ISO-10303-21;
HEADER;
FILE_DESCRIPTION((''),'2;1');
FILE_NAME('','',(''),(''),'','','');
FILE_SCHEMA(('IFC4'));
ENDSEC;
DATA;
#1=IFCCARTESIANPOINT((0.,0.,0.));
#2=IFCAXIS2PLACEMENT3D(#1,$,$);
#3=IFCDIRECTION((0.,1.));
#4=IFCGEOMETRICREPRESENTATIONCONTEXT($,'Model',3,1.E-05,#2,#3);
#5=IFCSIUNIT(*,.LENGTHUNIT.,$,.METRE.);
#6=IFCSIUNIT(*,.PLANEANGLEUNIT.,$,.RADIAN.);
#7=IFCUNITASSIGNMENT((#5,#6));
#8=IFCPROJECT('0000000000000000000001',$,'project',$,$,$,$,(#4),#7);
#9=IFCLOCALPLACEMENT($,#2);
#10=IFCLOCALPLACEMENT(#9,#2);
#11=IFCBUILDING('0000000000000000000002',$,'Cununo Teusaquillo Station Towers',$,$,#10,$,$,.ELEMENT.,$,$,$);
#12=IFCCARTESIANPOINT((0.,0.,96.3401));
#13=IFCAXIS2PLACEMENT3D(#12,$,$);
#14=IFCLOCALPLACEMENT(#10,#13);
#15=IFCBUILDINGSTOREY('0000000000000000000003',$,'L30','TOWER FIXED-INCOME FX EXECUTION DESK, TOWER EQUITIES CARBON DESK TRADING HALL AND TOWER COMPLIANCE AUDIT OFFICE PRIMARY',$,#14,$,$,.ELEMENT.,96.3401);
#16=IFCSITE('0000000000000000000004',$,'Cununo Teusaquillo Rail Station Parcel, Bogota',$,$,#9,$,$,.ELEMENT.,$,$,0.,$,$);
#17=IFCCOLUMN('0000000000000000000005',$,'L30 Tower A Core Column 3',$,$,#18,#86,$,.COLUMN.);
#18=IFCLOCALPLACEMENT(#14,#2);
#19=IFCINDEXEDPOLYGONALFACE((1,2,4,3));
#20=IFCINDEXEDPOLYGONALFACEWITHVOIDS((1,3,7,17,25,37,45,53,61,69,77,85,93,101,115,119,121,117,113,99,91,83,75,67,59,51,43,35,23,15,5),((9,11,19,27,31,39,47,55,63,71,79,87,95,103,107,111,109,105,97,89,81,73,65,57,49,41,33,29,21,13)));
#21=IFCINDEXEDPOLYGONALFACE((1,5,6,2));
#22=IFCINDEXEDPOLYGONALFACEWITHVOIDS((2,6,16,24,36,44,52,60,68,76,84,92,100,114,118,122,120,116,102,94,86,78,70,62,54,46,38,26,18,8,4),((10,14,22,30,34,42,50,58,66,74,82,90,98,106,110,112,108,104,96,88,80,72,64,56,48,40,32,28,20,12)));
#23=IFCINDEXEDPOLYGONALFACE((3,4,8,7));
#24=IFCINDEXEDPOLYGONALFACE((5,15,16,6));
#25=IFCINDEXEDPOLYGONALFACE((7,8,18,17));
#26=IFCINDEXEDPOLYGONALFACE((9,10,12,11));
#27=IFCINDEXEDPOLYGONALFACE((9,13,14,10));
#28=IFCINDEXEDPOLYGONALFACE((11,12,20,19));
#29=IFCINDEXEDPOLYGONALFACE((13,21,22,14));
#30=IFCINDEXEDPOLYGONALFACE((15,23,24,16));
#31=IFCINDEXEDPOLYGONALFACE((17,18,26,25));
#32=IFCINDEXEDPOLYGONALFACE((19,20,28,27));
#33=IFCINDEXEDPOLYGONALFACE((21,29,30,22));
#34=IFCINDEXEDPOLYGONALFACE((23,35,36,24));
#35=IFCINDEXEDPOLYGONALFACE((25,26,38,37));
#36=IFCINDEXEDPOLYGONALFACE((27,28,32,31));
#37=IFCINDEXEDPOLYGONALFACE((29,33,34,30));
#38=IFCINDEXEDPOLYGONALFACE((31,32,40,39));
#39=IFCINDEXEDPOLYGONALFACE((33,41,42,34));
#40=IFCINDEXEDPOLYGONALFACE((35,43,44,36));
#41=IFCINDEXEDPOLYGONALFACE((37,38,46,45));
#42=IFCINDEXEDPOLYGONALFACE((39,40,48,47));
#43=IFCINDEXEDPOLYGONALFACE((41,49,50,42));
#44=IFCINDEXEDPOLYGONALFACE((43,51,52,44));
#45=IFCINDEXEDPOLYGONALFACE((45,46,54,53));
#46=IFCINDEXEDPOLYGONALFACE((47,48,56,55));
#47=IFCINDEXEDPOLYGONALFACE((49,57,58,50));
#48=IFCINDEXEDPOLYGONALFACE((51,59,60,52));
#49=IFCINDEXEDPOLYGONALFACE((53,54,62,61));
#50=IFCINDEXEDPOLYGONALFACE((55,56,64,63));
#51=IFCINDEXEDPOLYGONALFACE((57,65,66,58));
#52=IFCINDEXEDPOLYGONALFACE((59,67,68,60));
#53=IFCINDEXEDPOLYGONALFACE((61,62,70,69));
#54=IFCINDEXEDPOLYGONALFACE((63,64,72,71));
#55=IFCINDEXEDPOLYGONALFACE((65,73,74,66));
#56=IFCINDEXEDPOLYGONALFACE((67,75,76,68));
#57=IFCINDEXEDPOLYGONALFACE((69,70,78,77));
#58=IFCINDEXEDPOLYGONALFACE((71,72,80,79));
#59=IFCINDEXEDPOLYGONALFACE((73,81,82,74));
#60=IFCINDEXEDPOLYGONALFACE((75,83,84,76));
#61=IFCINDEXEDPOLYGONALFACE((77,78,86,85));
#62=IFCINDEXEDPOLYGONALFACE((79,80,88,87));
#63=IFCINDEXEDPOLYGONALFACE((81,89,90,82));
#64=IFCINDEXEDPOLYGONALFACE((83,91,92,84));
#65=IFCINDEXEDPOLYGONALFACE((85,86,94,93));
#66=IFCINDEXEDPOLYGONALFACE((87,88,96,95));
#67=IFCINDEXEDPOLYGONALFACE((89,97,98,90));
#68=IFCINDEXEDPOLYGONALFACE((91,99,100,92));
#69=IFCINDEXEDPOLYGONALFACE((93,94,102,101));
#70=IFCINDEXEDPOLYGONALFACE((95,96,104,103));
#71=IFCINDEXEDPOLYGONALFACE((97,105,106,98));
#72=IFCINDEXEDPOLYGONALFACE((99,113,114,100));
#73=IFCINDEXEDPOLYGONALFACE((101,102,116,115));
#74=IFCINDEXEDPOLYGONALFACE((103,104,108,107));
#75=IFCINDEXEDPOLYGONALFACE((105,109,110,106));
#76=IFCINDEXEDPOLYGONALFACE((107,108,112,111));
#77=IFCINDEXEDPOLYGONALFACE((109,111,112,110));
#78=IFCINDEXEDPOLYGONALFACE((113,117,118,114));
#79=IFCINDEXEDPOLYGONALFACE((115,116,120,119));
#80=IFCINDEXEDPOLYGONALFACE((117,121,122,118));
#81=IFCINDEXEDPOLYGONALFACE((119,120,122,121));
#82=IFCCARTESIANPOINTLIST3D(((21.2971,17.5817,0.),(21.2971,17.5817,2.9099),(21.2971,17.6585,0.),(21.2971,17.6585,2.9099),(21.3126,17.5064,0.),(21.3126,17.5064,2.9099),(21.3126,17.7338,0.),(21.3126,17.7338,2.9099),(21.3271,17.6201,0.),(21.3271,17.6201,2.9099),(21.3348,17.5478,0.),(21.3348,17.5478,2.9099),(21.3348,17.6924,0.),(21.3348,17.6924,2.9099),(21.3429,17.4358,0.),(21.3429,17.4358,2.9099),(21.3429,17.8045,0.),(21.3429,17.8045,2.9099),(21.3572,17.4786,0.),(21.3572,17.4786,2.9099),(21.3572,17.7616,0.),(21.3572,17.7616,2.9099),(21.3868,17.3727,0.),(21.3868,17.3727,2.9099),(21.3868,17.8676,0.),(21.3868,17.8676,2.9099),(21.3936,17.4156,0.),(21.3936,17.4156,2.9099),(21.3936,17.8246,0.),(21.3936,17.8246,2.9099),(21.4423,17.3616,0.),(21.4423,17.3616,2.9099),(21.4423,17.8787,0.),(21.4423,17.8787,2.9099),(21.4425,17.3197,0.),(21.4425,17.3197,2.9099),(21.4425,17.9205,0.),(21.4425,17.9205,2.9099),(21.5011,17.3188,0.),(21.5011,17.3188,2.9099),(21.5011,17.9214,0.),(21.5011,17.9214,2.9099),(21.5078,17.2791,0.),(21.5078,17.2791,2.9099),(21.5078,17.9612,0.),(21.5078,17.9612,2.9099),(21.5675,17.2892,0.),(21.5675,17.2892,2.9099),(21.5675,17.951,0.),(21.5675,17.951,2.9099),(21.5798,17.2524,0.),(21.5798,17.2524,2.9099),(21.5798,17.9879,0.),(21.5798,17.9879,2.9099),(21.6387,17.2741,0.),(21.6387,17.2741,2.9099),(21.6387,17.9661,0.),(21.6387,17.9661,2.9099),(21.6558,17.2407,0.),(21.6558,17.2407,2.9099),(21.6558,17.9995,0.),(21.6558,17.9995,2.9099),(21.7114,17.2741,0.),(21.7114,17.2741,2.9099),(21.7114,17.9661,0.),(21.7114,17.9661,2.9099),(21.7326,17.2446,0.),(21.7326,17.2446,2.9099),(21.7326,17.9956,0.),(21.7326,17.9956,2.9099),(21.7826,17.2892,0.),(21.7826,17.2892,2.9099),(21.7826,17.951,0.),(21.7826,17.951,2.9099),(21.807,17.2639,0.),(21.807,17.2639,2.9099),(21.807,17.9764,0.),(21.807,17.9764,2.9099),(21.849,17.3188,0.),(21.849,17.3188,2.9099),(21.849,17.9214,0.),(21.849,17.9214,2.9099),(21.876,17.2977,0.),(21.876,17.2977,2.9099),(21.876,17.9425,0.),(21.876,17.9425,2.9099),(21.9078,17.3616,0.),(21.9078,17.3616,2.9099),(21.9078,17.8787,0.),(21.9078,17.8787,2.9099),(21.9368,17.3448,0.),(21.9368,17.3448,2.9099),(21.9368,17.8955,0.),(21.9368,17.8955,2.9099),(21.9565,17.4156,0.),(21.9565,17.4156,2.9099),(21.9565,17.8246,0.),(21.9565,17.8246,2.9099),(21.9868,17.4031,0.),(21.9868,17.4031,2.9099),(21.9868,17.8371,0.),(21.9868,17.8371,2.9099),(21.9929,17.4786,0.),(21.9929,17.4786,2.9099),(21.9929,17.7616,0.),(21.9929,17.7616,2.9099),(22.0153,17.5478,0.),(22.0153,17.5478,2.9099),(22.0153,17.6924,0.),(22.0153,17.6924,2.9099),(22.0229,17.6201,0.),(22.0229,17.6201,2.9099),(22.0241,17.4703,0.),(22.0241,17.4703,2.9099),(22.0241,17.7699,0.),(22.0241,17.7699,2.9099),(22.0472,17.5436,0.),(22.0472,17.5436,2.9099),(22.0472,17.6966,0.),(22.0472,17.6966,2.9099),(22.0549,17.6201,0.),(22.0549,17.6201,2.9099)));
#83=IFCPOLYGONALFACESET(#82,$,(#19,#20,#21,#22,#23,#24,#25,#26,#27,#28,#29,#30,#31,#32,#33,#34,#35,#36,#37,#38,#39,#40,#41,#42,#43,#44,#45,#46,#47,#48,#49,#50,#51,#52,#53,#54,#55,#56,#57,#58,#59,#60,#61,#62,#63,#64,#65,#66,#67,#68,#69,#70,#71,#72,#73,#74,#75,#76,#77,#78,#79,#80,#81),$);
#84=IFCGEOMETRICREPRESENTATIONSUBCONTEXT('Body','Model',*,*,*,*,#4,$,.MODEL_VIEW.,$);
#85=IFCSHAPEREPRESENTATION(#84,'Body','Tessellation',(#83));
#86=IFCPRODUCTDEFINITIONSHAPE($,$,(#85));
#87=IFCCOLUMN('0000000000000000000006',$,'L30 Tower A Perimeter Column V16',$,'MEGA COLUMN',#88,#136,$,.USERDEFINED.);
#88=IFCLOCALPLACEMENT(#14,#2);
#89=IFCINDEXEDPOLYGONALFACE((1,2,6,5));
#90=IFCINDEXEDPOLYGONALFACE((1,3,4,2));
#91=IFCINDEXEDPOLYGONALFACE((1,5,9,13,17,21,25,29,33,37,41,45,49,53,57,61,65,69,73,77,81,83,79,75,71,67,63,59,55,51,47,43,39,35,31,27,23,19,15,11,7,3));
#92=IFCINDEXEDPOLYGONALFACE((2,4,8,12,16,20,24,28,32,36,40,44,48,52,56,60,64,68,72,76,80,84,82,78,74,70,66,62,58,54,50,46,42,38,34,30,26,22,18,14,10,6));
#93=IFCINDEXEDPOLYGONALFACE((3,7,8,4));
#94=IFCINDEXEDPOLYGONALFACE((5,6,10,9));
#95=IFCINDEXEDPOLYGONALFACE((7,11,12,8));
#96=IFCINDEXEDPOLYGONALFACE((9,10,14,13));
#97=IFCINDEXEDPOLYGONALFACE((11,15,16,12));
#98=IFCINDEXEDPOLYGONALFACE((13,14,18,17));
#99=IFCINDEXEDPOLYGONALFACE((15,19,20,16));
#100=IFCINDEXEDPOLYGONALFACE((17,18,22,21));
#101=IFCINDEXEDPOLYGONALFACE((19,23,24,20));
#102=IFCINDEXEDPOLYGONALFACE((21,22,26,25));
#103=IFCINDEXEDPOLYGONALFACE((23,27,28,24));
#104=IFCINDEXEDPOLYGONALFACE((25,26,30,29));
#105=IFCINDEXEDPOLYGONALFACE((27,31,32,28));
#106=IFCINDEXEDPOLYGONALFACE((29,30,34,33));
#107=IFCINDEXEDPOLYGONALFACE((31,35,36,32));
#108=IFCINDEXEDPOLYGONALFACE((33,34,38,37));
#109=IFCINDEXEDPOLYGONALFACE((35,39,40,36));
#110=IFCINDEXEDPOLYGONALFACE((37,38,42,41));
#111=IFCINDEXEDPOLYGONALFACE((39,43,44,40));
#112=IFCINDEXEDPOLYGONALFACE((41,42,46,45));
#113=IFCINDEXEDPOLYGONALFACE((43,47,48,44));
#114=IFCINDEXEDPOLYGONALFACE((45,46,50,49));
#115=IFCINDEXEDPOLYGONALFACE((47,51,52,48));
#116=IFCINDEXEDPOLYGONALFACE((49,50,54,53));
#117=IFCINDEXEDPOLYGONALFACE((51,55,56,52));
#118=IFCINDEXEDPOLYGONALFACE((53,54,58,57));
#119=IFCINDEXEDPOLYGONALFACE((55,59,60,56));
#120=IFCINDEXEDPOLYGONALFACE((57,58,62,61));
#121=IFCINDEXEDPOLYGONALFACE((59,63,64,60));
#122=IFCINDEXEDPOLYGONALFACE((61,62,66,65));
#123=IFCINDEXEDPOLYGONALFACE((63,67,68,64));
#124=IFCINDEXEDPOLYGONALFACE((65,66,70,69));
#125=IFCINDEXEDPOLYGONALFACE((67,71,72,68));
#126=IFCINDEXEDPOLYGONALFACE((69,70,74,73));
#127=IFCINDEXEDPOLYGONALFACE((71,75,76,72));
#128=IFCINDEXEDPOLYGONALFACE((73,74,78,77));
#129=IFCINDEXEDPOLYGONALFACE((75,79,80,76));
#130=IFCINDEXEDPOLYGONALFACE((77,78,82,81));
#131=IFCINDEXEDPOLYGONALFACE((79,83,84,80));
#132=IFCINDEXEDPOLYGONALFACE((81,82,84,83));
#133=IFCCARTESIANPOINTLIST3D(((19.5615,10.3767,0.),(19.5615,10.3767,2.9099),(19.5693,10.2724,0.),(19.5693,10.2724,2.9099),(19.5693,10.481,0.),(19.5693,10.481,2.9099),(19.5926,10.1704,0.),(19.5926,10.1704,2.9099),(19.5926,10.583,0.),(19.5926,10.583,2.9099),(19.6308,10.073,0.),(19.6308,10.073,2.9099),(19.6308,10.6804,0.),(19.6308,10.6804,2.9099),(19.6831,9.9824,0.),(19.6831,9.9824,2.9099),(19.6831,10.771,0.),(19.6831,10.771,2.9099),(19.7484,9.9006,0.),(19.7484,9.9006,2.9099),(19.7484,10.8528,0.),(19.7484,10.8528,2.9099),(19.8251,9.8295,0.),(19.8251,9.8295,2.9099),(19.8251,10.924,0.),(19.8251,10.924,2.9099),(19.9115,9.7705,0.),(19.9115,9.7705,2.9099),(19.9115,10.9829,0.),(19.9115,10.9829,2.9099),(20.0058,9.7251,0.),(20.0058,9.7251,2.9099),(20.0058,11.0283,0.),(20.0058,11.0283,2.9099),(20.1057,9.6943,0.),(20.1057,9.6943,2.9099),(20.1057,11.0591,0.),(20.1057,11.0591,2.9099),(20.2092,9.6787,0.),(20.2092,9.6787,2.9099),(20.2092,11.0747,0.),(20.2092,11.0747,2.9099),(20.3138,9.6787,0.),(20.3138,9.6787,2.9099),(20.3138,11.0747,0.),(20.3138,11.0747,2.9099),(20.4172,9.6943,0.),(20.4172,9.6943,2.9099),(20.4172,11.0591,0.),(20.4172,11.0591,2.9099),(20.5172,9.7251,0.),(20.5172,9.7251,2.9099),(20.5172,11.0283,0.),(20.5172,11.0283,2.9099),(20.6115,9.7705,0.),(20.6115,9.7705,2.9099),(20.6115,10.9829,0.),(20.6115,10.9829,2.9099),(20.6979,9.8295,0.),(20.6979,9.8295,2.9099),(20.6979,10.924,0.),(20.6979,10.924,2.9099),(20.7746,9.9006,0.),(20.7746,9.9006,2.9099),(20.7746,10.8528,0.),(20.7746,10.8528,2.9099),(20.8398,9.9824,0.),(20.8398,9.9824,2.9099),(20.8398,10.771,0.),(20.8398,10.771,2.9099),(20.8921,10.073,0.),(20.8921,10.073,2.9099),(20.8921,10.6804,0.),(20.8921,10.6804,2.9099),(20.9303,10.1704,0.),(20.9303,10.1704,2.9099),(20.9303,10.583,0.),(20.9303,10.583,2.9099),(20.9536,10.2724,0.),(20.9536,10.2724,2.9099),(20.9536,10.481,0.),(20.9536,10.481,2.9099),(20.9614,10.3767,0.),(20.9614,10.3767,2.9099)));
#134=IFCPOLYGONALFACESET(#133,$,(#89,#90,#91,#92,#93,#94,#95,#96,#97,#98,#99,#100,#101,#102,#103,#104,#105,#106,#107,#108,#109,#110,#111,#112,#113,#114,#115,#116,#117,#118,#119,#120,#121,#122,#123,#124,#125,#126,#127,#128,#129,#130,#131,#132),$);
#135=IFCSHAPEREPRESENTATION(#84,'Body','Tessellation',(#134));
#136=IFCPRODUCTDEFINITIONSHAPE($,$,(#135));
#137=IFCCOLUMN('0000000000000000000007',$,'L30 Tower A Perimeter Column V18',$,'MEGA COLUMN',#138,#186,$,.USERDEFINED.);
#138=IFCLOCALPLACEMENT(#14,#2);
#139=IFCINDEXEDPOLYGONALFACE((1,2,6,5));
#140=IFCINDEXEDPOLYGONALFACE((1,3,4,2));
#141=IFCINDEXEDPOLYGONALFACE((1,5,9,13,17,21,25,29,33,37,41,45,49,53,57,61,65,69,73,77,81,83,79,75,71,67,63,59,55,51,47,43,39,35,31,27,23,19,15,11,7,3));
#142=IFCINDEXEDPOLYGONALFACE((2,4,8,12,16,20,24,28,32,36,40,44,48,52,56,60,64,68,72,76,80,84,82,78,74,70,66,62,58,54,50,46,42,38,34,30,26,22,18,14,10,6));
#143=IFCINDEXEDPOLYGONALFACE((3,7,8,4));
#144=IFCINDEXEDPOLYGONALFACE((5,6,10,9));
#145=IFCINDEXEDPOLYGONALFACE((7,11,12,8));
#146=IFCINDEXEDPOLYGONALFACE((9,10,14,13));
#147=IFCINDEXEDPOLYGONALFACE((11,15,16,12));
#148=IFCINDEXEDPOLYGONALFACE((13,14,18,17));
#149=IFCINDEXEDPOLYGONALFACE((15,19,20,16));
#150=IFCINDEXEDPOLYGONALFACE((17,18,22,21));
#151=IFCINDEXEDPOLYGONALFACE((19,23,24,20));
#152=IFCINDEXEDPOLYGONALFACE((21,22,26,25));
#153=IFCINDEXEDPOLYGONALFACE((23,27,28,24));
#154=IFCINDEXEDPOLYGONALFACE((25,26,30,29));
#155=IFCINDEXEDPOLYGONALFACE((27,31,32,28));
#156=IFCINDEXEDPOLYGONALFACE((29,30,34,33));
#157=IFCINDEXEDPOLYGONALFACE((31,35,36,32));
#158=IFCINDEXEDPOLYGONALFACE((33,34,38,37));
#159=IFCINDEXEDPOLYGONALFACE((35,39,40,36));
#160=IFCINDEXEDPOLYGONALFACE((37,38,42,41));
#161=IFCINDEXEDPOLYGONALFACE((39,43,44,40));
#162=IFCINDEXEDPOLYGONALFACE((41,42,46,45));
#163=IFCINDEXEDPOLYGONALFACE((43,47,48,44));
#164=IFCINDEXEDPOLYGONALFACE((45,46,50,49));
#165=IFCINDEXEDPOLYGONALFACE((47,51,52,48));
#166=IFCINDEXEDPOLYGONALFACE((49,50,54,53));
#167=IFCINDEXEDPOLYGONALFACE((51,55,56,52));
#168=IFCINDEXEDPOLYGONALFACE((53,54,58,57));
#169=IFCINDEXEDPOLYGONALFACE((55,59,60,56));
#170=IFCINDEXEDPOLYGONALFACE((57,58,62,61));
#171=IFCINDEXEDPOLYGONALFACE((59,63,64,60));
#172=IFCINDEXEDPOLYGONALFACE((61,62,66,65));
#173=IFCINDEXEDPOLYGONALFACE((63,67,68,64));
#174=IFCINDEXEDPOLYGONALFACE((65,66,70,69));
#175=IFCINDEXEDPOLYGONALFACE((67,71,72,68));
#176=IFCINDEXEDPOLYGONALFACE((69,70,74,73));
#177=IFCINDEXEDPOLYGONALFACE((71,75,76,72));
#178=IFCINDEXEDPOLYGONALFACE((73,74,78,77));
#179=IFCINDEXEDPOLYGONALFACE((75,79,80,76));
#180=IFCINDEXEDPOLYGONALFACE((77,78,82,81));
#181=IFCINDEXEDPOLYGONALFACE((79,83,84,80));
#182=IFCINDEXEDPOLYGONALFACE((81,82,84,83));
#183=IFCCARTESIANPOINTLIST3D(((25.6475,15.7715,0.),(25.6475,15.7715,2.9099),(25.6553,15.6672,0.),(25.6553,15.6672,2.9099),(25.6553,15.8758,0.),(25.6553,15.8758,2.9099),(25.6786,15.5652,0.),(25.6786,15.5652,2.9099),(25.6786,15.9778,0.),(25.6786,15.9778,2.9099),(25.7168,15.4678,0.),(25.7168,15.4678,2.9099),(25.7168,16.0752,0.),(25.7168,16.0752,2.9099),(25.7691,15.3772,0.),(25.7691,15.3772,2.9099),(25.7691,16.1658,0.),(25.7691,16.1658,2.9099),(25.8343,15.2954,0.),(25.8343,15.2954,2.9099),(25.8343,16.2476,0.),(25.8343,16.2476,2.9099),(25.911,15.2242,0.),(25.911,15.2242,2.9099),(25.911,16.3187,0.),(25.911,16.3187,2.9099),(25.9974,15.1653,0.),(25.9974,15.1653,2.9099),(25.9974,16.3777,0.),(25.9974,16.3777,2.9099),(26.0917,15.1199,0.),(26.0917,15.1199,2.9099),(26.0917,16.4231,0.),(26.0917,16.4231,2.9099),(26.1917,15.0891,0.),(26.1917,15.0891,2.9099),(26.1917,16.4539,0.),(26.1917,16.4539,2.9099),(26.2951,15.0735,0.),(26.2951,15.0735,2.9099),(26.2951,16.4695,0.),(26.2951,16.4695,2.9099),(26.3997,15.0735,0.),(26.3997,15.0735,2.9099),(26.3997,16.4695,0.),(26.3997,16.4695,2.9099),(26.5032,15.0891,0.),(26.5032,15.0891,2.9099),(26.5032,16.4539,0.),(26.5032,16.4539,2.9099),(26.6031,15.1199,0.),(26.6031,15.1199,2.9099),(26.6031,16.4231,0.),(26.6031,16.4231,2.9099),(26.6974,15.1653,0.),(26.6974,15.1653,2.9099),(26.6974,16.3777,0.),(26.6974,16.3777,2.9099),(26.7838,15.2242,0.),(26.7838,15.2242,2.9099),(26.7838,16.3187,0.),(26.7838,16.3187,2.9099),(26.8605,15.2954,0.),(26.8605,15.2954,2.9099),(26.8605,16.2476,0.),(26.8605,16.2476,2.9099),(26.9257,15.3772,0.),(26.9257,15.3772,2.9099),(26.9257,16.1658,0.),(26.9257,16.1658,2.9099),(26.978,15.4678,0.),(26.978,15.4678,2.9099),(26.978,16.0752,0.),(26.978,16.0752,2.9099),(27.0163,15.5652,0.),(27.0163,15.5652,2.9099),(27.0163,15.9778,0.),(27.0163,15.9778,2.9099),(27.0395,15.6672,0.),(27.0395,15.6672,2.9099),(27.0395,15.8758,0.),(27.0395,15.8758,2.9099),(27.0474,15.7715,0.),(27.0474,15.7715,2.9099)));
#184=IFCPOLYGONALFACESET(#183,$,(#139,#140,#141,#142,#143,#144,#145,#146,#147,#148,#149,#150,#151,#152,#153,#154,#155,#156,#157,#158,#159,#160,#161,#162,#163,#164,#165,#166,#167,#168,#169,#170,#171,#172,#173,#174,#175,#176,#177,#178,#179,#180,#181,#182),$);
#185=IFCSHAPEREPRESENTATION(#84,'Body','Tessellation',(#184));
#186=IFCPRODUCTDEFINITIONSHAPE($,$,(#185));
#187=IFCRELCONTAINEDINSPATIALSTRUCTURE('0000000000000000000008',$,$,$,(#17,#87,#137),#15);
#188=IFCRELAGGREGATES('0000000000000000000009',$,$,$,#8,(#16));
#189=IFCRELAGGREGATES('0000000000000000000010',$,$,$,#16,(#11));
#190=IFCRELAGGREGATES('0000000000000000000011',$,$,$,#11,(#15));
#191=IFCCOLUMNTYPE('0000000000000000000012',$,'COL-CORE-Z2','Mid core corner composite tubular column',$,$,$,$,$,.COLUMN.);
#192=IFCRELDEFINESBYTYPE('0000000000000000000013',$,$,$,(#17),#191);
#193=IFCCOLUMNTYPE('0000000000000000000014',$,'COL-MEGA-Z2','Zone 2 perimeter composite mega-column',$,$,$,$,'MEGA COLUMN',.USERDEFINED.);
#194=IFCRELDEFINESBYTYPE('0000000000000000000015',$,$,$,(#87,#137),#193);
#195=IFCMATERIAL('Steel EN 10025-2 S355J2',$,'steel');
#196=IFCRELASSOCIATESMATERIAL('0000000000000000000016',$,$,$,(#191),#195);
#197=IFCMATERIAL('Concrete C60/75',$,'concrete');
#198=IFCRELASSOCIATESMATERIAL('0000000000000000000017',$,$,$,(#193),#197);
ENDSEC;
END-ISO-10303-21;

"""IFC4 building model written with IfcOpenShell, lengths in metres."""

from ifc_helpers import new_model, si_unit, direction, frame, origin, origin_2d, place, context, subcontext, project, spatial, circle, hollow_circle, extrude, material, material_profile, profile_set, type_object, element, save


model = new_model("IFC4")

# Units and contexts
model_context = context("Model", 3, precision=1e-05, world=origin(), true_north=direction((0.0, 1.0)))
body_context = subcontext(model_context, "Body", "Model", "MODEL_VIEW")
ifc_project = project(units=[si_unit("LENGTHUNIT", "METRE"), si_unit("PLANEANGLEUNIT", "RADIAN")], contexts=[model_context])

# Site, building, storey
site_placement = place(None, origin())
site = spatial("IfcSite", under=ifc_project, at=site_placement, Name="Cununo Teusaquillo Rail Station Parcel, Bogota", CompositionType="ELEMENT", RefElevation=0.0)
building_placement = place(site_placement, origin())
building = spatial("IfcBuilding", under=site, at=building_placement, Name="Cununo Teusaquillo Station Towers", CompositionType="ELEMENT")
storey_placement = place(building_placement, frame((0.0, 0.0, 96.3401)))
storey = spatial("IfcBuildingStorey", under=building, at=storey_placement, Name="L30", Description="TOWER FIXED-INCOME FX EXECUTION DESK, TOWER EQUITIES CARBON DESK TRADING HALL AND TOWER COMPLIANCE AUDIT OFFICE PRIMARY", CompositionType="ELEMENT", Elevation=96.3401)

# Columns
ifc_material_1 = material(Name="Steel EN 10025-2 S355J2", Category="steel")
ifc_material_profile_1 = material_profile(ifc_material_1, hollow_circle(Radius=0.3799, WallThickness=0.032, at=origin_2d()), Name="CHS 760x32")
ifc_profile_set_1 = profile_set([ifc_material_profile_1], Name="Steel EN 10025-2 S355J2")
column_type_1 = type_object("IfcColumnType", Name="COL-CORE-Z2", Description="Mid core corner composite tubular column", PredefinedType="COLUMN", material=ifc_profile_set_1)
column_placement = place(storey_placement, frame((21.675, 17.6201, 0.0), z_axis=(0.0, 0.0, 1.0), x_axis=(1.0, 0.0, 0.0)))
element("IfcColumn", 1, at=column_placement, inside=storey, type_object=column_type_1, Name="L30 Tower A Core Column 3", PredefinedType="COLUMN", context=body_context, shape_type="SweptSolid", body=[
    extrude(hollow_circle(Radius=0.3799, WallThickness=0.032, at=origin_2d()), origin(), (0.0, 0.0, 1.0), 2.9099),
])
ifc_material_2 = material(Name="Concrete C60/75", Category="concrete")
ifc_material_profile_2 = material_profile(ifc_material_2, circle(Radius=0.7, at=origin_2d()), Name="RC-CIRC-1400")
ifc_profile_set_2 = profile_set([ifc_material_profile_2], Name="Concrete C60/75")
column_type_2 = type_object("IfcColumnType", Name="COL-MEGA-Z2", Description="Zone 2 perimeter composite mega-column", ElementType="MEGA COLUMN", PredefinedType="USERDEFINED", material=ifc_profile_set_2)
for number, where, z_axis, x_axis, name in (
    (2, (20.2615, 10.3767, 0.0), (0.0, 0.0, 1.0), (1.0, 0.0, 0.0), "L30 Tower A Perimeter Column V16"),
    (3, (26.3474, 15.7715, 0.0), (0.0, 0.0, 1.0), (1.0, 0.0, 0.0), "L30 Tower A Perimeter Column V18"),
):
    element("IfcColumn", number, at=place(storey_placement, frame(where, z_axis=z_axis, x_axis=x_axis)), inside=storey, type_object=column_type_2, Name=name, ObjectType="MEGA COLUMN", PredefinedType="USERDEFINED", context=body_context, shape_type="SweptSolid", body=[
        extrude(circle(Radius=0.7, at=origin_2d()), origin(), (0.0, 0.0, 1.0), 2.9099),
    ])

save(model, "model.ifc")
